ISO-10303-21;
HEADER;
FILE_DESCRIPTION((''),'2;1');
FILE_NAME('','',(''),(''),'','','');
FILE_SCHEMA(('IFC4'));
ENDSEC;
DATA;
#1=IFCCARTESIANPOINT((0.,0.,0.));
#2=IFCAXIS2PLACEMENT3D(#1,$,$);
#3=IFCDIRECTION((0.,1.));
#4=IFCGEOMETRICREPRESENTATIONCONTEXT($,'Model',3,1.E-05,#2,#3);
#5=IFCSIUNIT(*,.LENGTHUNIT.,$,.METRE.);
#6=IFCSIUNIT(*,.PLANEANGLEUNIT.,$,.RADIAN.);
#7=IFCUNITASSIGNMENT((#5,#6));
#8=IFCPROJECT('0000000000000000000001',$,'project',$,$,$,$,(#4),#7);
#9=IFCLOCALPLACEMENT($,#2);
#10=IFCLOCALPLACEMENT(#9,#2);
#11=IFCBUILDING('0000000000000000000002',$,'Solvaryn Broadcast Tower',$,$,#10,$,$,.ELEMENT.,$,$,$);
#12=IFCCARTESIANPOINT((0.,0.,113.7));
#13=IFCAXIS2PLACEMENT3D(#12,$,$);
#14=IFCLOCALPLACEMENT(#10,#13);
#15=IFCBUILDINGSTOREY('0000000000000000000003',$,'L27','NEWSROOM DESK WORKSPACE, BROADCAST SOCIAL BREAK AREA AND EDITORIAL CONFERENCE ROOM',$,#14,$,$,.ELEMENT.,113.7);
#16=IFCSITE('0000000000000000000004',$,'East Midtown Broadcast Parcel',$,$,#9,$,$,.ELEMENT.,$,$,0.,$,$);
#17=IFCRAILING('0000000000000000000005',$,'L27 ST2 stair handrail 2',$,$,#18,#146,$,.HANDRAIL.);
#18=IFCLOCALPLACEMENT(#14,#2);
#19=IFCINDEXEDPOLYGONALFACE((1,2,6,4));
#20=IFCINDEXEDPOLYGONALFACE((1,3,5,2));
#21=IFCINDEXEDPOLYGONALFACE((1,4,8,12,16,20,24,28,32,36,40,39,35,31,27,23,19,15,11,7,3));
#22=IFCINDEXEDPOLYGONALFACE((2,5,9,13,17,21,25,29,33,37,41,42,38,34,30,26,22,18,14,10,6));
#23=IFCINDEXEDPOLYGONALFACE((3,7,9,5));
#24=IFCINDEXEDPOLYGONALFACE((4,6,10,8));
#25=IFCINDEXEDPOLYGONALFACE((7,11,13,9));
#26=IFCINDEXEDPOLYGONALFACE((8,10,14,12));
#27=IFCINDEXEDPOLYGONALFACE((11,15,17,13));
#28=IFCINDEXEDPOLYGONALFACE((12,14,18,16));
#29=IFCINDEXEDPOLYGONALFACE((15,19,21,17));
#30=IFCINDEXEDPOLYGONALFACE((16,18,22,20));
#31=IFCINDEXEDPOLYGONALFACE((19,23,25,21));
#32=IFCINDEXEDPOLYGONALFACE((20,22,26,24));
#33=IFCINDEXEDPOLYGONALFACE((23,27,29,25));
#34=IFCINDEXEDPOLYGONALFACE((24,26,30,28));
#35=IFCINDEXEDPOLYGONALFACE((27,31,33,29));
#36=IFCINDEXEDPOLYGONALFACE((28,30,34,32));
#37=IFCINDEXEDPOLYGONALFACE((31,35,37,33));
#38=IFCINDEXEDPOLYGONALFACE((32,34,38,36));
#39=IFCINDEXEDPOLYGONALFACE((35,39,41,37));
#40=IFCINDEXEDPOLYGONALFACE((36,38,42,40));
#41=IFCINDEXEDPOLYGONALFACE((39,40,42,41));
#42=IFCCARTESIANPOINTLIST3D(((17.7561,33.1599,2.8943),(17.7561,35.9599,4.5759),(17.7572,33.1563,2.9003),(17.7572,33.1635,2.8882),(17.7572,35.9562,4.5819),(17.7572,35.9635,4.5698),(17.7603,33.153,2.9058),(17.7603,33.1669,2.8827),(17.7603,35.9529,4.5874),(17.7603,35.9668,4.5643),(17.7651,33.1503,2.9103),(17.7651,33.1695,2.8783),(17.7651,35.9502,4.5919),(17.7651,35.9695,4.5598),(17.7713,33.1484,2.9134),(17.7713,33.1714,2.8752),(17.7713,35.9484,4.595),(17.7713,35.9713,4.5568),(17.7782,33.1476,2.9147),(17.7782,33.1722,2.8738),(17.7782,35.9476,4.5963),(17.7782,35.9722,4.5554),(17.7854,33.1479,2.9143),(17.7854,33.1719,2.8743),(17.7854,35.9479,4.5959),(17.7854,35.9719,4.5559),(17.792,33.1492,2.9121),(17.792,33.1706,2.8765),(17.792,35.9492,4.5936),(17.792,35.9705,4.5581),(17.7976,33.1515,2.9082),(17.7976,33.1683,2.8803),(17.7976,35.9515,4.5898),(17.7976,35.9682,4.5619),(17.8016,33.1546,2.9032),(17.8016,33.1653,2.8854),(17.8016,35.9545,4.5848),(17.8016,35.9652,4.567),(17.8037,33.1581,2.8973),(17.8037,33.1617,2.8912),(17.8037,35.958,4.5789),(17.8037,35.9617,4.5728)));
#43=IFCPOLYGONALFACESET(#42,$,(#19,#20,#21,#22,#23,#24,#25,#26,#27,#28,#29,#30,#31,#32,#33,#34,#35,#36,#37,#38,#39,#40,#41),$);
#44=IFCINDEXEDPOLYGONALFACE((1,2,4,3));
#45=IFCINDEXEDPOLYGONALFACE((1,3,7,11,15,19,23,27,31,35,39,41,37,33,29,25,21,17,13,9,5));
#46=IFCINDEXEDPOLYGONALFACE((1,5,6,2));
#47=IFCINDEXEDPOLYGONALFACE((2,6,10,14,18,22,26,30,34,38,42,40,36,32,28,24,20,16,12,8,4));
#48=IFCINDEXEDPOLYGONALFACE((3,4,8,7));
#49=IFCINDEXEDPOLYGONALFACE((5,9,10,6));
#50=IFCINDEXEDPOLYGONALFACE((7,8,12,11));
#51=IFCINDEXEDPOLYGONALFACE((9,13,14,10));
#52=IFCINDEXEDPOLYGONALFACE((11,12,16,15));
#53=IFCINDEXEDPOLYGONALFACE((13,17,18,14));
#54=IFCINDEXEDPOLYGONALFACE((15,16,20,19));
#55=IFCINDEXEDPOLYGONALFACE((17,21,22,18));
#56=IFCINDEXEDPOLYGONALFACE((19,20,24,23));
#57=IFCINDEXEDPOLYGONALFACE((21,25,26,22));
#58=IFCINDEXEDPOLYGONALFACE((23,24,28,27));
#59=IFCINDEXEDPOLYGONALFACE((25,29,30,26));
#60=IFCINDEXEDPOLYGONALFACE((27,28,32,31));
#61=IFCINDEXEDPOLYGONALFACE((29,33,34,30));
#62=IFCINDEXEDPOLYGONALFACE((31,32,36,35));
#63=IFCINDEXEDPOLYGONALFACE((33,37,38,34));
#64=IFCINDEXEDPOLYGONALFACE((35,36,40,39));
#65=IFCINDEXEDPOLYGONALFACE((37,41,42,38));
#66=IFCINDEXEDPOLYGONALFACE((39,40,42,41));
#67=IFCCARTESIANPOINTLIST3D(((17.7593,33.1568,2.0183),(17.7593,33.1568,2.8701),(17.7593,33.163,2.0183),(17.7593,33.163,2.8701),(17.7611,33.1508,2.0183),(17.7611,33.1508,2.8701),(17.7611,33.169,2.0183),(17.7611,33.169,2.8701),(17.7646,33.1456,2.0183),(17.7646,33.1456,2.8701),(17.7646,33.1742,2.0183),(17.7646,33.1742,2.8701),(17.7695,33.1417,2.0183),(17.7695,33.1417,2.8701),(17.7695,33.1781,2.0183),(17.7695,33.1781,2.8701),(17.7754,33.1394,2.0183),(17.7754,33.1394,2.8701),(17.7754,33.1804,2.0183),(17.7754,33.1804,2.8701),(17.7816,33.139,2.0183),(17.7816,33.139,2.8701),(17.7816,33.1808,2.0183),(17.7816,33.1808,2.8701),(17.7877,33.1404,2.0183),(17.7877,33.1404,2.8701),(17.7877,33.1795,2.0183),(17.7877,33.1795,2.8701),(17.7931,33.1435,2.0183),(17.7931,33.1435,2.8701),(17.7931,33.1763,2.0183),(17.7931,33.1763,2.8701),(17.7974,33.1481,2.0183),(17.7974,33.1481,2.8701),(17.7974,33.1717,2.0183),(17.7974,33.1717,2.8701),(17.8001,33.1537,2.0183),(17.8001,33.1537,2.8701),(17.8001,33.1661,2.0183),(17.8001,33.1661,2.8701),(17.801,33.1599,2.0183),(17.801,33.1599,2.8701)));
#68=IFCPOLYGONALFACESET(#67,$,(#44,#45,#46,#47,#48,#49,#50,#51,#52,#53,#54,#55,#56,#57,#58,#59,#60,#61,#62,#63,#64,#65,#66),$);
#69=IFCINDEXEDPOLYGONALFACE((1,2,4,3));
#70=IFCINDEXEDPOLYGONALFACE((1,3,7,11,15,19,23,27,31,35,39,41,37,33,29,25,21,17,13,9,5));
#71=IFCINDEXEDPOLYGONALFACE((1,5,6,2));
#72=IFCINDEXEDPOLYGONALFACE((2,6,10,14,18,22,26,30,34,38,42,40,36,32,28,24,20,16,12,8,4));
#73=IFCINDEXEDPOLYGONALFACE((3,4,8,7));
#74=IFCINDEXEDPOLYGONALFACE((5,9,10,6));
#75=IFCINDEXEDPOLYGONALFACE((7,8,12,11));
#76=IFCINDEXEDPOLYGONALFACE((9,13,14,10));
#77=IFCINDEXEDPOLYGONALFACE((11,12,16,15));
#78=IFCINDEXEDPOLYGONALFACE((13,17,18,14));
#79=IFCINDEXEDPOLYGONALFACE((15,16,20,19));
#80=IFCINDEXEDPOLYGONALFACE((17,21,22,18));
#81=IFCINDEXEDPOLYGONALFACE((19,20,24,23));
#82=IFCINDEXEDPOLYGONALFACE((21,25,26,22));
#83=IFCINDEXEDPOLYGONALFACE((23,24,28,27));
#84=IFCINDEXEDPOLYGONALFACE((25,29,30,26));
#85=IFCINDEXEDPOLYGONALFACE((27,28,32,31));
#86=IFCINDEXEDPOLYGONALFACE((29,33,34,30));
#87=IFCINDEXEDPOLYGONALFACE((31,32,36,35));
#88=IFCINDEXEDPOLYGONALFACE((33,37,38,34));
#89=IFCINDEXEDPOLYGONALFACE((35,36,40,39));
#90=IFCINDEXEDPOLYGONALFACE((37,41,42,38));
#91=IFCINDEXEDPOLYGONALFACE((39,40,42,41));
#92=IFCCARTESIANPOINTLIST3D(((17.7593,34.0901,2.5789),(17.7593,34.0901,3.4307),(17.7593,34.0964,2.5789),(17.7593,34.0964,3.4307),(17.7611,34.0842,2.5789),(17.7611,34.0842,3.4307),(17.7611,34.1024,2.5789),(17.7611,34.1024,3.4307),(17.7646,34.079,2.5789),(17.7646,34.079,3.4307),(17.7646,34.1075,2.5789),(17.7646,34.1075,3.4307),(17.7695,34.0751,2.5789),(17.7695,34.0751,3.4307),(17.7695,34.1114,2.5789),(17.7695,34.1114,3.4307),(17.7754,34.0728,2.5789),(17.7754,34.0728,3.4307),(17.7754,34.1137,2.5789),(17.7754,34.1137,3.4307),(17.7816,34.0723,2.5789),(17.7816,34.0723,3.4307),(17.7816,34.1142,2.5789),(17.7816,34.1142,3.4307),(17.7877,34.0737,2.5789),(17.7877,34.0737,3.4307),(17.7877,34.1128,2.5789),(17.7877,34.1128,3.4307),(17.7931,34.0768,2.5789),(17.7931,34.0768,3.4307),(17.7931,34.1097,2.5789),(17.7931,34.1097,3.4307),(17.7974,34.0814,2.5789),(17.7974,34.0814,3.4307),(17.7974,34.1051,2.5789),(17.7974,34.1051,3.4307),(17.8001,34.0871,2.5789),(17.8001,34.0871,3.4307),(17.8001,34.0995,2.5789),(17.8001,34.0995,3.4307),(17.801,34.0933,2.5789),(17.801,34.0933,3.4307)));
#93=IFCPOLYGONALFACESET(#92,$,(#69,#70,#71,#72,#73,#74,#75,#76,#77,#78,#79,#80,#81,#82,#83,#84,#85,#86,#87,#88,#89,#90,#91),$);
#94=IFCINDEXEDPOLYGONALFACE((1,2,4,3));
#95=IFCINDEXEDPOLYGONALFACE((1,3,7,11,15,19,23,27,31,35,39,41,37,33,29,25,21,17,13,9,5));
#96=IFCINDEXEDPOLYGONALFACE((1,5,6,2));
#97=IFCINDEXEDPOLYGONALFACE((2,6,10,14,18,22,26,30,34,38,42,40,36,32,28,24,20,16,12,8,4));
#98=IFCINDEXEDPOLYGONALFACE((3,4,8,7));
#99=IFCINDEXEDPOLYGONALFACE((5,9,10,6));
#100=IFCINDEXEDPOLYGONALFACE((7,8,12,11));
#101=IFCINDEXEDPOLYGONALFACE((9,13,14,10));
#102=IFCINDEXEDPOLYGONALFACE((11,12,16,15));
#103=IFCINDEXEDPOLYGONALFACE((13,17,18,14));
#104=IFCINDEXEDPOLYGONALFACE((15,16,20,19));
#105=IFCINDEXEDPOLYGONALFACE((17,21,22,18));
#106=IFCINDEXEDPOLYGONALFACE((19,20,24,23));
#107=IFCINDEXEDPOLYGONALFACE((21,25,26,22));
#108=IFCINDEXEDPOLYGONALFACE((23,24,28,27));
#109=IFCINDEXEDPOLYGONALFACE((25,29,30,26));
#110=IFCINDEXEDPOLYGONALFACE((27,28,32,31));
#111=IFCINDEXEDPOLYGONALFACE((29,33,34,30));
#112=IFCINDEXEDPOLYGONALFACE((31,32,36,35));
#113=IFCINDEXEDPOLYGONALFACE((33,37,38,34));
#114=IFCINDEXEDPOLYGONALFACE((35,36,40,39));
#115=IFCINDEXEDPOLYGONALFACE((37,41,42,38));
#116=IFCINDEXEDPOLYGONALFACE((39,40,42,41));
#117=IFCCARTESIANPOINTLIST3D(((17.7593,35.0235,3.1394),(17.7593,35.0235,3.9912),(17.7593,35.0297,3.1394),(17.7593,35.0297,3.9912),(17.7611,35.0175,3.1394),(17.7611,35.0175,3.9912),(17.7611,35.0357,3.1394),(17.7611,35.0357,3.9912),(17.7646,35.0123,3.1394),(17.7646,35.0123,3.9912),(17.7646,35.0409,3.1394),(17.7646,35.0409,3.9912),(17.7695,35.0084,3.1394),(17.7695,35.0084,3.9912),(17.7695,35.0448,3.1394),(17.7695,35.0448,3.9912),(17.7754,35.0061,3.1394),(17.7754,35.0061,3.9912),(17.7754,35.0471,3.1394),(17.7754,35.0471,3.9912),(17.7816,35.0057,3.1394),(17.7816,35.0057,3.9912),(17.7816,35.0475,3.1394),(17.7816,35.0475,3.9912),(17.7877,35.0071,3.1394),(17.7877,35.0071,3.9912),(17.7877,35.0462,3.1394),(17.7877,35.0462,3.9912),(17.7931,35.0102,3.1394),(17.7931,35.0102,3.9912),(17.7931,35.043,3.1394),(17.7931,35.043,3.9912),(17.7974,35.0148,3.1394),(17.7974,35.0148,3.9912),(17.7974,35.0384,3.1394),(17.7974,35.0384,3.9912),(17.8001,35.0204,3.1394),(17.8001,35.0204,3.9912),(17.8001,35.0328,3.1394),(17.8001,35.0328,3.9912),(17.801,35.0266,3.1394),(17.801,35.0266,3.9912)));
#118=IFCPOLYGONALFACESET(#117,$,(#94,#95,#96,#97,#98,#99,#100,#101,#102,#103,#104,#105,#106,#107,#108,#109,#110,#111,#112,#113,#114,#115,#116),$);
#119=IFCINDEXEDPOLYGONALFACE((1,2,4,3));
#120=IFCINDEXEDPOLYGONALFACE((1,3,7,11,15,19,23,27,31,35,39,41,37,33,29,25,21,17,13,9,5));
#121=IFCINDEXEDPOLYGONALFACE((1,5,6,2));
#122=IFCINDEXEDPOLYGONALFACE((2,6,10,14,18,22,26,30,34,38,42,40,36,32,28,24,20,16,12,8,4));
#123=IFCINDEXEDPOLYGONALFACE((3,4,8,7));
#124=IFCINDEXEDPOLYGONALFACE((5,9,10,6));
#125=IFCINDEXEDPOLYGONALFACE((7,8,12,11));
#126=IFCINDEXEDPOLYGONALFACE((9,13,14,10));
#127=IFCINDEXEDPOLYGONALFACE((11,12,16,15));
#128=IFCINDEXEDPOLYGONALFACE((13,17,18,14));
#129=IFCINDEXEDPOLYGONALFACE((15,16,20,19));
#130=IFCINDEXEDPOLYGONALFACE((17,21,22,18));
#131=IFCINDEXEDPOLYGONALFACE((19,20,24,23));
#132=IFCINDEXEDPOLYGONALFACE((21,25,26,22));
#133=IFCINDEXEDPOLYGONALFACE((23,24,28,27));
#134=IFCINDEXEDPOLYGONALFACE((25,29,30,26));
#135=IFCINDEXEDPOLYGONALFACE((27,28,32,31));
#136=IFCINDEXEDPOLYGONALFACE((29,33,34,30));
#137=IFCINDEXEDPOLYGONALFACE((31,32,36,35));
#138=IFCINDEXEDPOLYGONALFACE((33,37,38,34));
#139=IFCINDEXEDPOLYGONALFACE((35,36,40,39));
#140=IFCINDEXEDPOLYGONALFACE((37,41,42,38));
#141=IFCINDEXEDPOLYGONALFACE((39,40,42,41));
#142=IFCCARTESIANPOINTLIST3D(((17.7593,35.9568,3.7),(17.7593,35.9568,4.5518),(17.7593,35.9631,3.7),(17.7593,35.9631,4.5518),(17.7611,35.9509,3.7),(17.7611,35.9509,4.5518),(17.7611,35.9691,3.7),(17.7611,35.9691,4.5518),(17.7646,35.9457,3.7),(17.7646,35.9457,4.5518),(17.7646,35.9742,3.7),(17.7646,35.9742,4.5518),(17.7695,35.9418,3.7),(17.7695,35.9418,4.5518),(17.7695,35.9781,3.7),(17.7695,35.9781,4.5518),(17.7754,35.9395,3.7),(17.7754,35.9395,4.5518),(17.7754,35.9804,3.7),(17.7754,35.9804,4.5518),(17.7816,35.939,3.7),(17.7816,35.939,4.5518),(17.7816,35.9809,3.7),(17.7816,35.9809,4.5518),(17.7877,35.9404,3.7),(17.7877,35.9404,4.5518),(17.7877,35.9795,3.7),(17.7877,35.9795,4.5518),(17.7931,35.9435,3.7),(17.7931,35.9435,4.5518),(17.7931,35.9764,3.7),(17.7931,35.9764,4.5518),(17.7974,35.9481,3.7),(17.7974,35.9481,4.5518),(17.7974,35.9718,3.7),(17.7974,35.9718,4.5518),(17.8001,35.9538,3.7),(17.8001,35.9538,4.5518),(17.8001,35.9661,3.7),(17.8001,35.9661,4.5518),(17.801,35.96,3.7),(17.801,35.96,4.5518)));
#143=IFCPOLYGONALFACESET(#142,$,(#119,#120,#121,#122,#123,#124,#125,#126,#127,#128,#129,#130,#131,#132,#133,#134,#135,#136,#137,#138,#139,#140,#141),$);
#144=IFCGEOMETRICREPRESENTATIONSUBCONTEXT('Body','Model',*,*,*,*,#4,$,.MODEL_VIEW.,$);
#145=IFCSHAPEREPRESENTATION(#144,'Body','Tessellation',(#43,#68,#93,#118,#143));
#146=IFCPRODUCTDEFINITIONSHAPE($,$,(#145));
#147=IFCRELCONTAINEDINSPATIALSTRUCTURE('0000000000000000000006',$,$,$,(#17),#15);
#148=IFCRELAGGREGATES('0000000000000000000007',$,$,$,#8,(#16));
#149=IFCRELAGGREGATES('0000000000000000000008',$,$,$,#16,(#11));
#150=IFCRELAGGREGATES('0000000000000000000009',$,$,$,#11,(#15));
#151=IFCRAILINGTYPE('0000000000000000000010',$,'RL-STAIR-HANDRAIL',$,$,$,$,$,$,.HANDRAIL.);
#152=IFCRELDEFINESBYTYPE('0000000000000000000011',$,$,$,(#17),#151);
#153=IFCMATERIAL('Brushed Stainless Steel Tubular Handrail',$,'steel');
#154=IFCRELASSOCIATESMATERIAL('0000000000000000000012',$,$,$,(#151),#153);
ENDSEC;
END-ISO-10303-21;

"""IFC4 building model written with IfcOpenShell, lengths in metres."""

from ifc_helpers import new_model, si_unit, direction, frame, origin, origin_2d, place, context, subcontext, project, spatial, circle, extrude, material, type_object, element, save


model = new_model("IFC4")

# Units and contexts
model_context = context("Model", 3, precision=1e-05, world=origin(), true_north=direction((0.0, 1.0)))
body_context = subcontext(model_context, "Body", "Model", "MODEL_VIEW")
ifc_project = project(units=[si_unit("LENGTHUNIT", "METRE"), si_unit("PLANEANGLEUNIT", "RADIAN")], contexts=[model_context])

# Site, building, storey
site_placement = place(None, origin())
site = spatial("IfcSite", under=ifc_project, at=site_placement, Name="East Midtown Broadcast Parcel", CompositionType="ELEMENT", RefElevation=0.0)
building_placement = place(site_placement, origin())
building = spatial("IfcBuilding", under=site, at=building_placement, Name="Solvaryn Broadcast Tower", CompositionType="ELEMENT")
storey_placement = place(building_placement, frame((0.0, 0.0, 113.7)))
storey = spatial("IfcBuildingStorey", under=building, at=storey_placement, Name="L27", Description="NEWSROOM DESK WORKSPACE, BROADCAST SOCIAL BREAK AREA AND EDITORIAL CONFERENCE ROOM", CompositionType="ELEMENT", Elevation=113.7)

# Railing
ifc_material_1 = material(Name="Brushed Stainless Steel Tubular Handrail", Category="steel")
railing_type_1 = type_object("IfcRailingType", Name="RL-STAIR-HANDRAIL", PredefinedType="HANDRAIL", material=ifc_material_1)
railing_1_placement = place(storey_placement, frame((17.78, 33.1599, 2.0183)))
element("IfcRailing", 1, at=railing_1_placement, inside=storey, type_object=railing_type_1, Name="L27 ST2 stair handrail 2", PredefinedType="HANDRAIL", context=body_context, shape_type="SweptSolid", body=[
    extrude(circle(Radius=0.0239, at=origin_2d()), frame((0.0, 0.0, 0.876), z_axis=(0.0, 0.857275, 0.514858), x_axis=(-1.0, 0.0, 0.0)), (0.0, 0.0, 1.0), 3.2661),
    extrude(circle(Radius=0.021, at=origin_2d()), origin(), (0.0, 0.0, 1.0), 0.8518),
    extrude(circle(Radius=0.021, at=origin_2d()), frame((0.0, 0.9333, 0.5605)), (0.0, 0.0, 1.0), 0.8518),
    extrude(circle(Radius=0.021, at=origin_2d()), frame((0.0, 1.8667, 1.1211)), (0.0, 0.0, 1.0), 0.8518),
    extrude(circle(Radius=0.021, at=origin_2d()), frame((0.0, 2.8, 1.6816)), (0.0, 0.0, 1.0), 0.8518),
])

save(model, "model.ifc")
